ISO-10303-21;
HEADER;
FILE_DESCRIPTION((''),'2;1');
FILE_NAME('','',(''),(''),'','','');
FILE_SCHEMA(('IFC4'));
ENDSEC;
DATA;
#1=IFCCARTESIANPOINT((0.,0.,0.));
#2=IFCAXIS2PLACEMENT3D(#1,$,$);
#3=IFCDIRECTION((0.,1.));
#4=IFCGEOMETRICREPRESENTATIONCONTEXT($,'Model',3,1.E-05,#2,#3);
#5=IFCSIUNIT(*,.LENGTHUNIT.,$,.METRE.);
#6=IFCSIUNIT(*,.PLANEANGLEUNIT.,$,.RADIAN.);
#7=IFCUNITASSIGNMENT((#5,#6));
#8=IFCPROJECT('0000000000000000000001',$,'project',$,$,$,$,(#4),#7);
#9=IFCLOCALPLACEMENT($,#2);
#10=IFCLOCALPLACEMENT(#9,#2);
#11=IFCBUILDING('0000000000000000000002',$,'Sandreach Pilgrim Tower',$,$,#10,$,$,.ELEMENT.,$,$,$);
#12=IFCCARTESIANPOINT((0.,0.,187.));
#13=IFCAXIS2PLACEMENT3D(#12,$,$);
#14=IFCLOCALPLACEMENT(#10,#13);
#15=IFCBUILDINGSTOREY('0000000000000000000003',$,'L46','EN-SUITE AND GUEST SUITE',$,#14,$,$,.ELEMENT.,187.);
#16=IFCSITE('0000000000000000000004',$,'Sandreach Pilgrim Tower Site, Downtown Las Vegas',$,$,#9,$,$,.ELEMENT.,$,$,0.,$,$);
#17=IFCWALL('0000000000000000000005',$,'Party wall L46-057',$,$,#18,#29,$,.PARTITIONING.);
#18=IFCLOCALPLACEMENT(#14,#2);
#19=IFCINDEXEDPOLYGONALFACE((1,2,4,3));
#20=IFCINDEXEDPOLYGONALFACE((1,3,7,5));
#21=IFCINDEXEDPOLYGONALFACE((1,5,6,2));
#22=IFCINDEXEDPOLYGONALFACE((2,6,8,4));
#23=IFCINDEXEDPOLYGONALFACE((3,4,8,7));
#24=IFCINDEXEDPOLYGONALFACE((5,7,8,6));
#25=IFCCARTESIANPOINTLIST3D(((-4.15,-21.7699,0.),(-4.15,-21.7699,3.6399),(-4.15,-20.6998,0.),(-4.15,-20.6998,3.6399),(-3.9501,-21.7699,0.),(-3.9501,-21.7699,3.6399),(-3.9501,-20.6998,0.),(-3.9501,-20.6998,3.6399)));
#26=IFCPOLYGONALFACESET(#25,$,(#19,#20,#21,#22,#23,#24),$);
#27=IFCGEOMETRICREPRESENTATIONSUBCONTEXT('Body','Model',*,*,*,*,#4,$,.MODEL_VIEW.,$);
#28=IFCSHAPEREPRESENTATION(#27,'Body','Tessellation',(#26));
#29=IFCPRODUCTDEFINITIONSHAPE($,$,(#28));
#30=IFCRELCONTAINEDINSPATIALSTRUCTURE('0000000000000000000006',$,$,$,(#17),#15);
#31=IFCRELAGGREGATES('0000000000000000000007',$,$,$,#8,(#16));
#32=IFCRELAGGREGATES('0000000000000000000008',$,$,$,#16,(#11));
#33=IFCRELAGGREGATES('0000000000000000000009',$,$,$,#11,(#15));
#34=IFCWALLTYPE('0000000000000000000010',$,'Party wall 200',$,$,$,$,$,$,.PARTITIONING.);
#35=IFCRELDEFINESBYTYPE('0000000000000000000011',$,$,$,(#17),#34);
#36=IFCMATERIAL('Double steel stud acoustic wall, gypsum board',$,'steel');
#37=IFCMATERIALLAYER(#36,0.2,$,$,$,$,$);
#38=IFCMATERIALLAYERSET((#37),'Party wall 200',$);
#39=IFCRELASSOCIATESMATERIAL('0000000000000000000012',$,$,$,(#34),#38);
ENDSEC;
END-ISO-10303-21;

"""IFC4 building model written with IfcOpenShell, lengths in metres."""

from ifc_helpers import new_model, si_unit, direction, frame, frame_2d, origin, place, context, subcontext, project, spatial, rectangle, extrude, material, layer, layer_set, type_object, element, save


model = new_model("IFC4")

# Units and contexts
model_context = context("Model", 3, precision=1e-05, world=origin(), true_north=direction((0.0, 1.0)))
body_context = subcontext(model_context, "Body", "Model", "MODEL_VIEW")
ifc_project = project(units=[si_unit("LENGTHUNIT", "METRE"), si_unit("PLANEANGLEUNIT", "RADIAN")], contexts=[model_context])

# Site, building, storey
site_placement = place(None, origin())
site = spatial("IfcSite", under=ifc_project, at=site_placement, Name="Sandreach Pilgrim Tower Site, Downtown Las Vegas", CompositionType="ELEMENT", RefElevation=0.0)
building_placement = place(site_placement, origin())
building = spatial("IfcBuilding", under=site, at=building_placement, Name="Sandreach Pilgrim Tower", CompositionType="ELEMENT")
storey_placement = place(building_placement, frame((0.0, 0.0, 187.0)))
storey = spatial("IfcBuildingStorey", under=building, at=storey_placement, Name="L46", Description="EN-SUITE AND GUEST SUITE", CompositionType="ELEMENT", Elevation=187.0)

# Wall
ifc_material_1 = material(Name="Double steel stud acoustic wall, gypsum board", Category="steel")
ifc_layer_1 = layer(ifc_material_1, 0.2)
ifc_layer_set_1 = layer_set([ifc_layer_1], Name="Party wall 200")
wall_type_1 = type_object("IfcWallType", Name="Party wall 200", PredefinedType="PARTITIONING", material=ifc_layer_set_1)
wall_1_placement = place(storey_placement, frame((-4.05, -21.77, 0.0), z_axis=(0.0, 0.0, 1.0), x_axis=(0.0, 1.0, 0.0)))
element("IfcWall", 1, at=wall_1_placement, inside=storey, type_object=wall_type_1, Name="Party wall L46-057", PredefinedType="PARTITIONING", context=body_context, shape_type="SweptSolid", body=[
    extrude(rectangle(XDim=1.0701, YDim=0.2, at=frame_2d((0.5352, 0.0))), origin(), (0.0, 0.0, 1.0), 3.6399),
])

save(model, "model.ifc")
